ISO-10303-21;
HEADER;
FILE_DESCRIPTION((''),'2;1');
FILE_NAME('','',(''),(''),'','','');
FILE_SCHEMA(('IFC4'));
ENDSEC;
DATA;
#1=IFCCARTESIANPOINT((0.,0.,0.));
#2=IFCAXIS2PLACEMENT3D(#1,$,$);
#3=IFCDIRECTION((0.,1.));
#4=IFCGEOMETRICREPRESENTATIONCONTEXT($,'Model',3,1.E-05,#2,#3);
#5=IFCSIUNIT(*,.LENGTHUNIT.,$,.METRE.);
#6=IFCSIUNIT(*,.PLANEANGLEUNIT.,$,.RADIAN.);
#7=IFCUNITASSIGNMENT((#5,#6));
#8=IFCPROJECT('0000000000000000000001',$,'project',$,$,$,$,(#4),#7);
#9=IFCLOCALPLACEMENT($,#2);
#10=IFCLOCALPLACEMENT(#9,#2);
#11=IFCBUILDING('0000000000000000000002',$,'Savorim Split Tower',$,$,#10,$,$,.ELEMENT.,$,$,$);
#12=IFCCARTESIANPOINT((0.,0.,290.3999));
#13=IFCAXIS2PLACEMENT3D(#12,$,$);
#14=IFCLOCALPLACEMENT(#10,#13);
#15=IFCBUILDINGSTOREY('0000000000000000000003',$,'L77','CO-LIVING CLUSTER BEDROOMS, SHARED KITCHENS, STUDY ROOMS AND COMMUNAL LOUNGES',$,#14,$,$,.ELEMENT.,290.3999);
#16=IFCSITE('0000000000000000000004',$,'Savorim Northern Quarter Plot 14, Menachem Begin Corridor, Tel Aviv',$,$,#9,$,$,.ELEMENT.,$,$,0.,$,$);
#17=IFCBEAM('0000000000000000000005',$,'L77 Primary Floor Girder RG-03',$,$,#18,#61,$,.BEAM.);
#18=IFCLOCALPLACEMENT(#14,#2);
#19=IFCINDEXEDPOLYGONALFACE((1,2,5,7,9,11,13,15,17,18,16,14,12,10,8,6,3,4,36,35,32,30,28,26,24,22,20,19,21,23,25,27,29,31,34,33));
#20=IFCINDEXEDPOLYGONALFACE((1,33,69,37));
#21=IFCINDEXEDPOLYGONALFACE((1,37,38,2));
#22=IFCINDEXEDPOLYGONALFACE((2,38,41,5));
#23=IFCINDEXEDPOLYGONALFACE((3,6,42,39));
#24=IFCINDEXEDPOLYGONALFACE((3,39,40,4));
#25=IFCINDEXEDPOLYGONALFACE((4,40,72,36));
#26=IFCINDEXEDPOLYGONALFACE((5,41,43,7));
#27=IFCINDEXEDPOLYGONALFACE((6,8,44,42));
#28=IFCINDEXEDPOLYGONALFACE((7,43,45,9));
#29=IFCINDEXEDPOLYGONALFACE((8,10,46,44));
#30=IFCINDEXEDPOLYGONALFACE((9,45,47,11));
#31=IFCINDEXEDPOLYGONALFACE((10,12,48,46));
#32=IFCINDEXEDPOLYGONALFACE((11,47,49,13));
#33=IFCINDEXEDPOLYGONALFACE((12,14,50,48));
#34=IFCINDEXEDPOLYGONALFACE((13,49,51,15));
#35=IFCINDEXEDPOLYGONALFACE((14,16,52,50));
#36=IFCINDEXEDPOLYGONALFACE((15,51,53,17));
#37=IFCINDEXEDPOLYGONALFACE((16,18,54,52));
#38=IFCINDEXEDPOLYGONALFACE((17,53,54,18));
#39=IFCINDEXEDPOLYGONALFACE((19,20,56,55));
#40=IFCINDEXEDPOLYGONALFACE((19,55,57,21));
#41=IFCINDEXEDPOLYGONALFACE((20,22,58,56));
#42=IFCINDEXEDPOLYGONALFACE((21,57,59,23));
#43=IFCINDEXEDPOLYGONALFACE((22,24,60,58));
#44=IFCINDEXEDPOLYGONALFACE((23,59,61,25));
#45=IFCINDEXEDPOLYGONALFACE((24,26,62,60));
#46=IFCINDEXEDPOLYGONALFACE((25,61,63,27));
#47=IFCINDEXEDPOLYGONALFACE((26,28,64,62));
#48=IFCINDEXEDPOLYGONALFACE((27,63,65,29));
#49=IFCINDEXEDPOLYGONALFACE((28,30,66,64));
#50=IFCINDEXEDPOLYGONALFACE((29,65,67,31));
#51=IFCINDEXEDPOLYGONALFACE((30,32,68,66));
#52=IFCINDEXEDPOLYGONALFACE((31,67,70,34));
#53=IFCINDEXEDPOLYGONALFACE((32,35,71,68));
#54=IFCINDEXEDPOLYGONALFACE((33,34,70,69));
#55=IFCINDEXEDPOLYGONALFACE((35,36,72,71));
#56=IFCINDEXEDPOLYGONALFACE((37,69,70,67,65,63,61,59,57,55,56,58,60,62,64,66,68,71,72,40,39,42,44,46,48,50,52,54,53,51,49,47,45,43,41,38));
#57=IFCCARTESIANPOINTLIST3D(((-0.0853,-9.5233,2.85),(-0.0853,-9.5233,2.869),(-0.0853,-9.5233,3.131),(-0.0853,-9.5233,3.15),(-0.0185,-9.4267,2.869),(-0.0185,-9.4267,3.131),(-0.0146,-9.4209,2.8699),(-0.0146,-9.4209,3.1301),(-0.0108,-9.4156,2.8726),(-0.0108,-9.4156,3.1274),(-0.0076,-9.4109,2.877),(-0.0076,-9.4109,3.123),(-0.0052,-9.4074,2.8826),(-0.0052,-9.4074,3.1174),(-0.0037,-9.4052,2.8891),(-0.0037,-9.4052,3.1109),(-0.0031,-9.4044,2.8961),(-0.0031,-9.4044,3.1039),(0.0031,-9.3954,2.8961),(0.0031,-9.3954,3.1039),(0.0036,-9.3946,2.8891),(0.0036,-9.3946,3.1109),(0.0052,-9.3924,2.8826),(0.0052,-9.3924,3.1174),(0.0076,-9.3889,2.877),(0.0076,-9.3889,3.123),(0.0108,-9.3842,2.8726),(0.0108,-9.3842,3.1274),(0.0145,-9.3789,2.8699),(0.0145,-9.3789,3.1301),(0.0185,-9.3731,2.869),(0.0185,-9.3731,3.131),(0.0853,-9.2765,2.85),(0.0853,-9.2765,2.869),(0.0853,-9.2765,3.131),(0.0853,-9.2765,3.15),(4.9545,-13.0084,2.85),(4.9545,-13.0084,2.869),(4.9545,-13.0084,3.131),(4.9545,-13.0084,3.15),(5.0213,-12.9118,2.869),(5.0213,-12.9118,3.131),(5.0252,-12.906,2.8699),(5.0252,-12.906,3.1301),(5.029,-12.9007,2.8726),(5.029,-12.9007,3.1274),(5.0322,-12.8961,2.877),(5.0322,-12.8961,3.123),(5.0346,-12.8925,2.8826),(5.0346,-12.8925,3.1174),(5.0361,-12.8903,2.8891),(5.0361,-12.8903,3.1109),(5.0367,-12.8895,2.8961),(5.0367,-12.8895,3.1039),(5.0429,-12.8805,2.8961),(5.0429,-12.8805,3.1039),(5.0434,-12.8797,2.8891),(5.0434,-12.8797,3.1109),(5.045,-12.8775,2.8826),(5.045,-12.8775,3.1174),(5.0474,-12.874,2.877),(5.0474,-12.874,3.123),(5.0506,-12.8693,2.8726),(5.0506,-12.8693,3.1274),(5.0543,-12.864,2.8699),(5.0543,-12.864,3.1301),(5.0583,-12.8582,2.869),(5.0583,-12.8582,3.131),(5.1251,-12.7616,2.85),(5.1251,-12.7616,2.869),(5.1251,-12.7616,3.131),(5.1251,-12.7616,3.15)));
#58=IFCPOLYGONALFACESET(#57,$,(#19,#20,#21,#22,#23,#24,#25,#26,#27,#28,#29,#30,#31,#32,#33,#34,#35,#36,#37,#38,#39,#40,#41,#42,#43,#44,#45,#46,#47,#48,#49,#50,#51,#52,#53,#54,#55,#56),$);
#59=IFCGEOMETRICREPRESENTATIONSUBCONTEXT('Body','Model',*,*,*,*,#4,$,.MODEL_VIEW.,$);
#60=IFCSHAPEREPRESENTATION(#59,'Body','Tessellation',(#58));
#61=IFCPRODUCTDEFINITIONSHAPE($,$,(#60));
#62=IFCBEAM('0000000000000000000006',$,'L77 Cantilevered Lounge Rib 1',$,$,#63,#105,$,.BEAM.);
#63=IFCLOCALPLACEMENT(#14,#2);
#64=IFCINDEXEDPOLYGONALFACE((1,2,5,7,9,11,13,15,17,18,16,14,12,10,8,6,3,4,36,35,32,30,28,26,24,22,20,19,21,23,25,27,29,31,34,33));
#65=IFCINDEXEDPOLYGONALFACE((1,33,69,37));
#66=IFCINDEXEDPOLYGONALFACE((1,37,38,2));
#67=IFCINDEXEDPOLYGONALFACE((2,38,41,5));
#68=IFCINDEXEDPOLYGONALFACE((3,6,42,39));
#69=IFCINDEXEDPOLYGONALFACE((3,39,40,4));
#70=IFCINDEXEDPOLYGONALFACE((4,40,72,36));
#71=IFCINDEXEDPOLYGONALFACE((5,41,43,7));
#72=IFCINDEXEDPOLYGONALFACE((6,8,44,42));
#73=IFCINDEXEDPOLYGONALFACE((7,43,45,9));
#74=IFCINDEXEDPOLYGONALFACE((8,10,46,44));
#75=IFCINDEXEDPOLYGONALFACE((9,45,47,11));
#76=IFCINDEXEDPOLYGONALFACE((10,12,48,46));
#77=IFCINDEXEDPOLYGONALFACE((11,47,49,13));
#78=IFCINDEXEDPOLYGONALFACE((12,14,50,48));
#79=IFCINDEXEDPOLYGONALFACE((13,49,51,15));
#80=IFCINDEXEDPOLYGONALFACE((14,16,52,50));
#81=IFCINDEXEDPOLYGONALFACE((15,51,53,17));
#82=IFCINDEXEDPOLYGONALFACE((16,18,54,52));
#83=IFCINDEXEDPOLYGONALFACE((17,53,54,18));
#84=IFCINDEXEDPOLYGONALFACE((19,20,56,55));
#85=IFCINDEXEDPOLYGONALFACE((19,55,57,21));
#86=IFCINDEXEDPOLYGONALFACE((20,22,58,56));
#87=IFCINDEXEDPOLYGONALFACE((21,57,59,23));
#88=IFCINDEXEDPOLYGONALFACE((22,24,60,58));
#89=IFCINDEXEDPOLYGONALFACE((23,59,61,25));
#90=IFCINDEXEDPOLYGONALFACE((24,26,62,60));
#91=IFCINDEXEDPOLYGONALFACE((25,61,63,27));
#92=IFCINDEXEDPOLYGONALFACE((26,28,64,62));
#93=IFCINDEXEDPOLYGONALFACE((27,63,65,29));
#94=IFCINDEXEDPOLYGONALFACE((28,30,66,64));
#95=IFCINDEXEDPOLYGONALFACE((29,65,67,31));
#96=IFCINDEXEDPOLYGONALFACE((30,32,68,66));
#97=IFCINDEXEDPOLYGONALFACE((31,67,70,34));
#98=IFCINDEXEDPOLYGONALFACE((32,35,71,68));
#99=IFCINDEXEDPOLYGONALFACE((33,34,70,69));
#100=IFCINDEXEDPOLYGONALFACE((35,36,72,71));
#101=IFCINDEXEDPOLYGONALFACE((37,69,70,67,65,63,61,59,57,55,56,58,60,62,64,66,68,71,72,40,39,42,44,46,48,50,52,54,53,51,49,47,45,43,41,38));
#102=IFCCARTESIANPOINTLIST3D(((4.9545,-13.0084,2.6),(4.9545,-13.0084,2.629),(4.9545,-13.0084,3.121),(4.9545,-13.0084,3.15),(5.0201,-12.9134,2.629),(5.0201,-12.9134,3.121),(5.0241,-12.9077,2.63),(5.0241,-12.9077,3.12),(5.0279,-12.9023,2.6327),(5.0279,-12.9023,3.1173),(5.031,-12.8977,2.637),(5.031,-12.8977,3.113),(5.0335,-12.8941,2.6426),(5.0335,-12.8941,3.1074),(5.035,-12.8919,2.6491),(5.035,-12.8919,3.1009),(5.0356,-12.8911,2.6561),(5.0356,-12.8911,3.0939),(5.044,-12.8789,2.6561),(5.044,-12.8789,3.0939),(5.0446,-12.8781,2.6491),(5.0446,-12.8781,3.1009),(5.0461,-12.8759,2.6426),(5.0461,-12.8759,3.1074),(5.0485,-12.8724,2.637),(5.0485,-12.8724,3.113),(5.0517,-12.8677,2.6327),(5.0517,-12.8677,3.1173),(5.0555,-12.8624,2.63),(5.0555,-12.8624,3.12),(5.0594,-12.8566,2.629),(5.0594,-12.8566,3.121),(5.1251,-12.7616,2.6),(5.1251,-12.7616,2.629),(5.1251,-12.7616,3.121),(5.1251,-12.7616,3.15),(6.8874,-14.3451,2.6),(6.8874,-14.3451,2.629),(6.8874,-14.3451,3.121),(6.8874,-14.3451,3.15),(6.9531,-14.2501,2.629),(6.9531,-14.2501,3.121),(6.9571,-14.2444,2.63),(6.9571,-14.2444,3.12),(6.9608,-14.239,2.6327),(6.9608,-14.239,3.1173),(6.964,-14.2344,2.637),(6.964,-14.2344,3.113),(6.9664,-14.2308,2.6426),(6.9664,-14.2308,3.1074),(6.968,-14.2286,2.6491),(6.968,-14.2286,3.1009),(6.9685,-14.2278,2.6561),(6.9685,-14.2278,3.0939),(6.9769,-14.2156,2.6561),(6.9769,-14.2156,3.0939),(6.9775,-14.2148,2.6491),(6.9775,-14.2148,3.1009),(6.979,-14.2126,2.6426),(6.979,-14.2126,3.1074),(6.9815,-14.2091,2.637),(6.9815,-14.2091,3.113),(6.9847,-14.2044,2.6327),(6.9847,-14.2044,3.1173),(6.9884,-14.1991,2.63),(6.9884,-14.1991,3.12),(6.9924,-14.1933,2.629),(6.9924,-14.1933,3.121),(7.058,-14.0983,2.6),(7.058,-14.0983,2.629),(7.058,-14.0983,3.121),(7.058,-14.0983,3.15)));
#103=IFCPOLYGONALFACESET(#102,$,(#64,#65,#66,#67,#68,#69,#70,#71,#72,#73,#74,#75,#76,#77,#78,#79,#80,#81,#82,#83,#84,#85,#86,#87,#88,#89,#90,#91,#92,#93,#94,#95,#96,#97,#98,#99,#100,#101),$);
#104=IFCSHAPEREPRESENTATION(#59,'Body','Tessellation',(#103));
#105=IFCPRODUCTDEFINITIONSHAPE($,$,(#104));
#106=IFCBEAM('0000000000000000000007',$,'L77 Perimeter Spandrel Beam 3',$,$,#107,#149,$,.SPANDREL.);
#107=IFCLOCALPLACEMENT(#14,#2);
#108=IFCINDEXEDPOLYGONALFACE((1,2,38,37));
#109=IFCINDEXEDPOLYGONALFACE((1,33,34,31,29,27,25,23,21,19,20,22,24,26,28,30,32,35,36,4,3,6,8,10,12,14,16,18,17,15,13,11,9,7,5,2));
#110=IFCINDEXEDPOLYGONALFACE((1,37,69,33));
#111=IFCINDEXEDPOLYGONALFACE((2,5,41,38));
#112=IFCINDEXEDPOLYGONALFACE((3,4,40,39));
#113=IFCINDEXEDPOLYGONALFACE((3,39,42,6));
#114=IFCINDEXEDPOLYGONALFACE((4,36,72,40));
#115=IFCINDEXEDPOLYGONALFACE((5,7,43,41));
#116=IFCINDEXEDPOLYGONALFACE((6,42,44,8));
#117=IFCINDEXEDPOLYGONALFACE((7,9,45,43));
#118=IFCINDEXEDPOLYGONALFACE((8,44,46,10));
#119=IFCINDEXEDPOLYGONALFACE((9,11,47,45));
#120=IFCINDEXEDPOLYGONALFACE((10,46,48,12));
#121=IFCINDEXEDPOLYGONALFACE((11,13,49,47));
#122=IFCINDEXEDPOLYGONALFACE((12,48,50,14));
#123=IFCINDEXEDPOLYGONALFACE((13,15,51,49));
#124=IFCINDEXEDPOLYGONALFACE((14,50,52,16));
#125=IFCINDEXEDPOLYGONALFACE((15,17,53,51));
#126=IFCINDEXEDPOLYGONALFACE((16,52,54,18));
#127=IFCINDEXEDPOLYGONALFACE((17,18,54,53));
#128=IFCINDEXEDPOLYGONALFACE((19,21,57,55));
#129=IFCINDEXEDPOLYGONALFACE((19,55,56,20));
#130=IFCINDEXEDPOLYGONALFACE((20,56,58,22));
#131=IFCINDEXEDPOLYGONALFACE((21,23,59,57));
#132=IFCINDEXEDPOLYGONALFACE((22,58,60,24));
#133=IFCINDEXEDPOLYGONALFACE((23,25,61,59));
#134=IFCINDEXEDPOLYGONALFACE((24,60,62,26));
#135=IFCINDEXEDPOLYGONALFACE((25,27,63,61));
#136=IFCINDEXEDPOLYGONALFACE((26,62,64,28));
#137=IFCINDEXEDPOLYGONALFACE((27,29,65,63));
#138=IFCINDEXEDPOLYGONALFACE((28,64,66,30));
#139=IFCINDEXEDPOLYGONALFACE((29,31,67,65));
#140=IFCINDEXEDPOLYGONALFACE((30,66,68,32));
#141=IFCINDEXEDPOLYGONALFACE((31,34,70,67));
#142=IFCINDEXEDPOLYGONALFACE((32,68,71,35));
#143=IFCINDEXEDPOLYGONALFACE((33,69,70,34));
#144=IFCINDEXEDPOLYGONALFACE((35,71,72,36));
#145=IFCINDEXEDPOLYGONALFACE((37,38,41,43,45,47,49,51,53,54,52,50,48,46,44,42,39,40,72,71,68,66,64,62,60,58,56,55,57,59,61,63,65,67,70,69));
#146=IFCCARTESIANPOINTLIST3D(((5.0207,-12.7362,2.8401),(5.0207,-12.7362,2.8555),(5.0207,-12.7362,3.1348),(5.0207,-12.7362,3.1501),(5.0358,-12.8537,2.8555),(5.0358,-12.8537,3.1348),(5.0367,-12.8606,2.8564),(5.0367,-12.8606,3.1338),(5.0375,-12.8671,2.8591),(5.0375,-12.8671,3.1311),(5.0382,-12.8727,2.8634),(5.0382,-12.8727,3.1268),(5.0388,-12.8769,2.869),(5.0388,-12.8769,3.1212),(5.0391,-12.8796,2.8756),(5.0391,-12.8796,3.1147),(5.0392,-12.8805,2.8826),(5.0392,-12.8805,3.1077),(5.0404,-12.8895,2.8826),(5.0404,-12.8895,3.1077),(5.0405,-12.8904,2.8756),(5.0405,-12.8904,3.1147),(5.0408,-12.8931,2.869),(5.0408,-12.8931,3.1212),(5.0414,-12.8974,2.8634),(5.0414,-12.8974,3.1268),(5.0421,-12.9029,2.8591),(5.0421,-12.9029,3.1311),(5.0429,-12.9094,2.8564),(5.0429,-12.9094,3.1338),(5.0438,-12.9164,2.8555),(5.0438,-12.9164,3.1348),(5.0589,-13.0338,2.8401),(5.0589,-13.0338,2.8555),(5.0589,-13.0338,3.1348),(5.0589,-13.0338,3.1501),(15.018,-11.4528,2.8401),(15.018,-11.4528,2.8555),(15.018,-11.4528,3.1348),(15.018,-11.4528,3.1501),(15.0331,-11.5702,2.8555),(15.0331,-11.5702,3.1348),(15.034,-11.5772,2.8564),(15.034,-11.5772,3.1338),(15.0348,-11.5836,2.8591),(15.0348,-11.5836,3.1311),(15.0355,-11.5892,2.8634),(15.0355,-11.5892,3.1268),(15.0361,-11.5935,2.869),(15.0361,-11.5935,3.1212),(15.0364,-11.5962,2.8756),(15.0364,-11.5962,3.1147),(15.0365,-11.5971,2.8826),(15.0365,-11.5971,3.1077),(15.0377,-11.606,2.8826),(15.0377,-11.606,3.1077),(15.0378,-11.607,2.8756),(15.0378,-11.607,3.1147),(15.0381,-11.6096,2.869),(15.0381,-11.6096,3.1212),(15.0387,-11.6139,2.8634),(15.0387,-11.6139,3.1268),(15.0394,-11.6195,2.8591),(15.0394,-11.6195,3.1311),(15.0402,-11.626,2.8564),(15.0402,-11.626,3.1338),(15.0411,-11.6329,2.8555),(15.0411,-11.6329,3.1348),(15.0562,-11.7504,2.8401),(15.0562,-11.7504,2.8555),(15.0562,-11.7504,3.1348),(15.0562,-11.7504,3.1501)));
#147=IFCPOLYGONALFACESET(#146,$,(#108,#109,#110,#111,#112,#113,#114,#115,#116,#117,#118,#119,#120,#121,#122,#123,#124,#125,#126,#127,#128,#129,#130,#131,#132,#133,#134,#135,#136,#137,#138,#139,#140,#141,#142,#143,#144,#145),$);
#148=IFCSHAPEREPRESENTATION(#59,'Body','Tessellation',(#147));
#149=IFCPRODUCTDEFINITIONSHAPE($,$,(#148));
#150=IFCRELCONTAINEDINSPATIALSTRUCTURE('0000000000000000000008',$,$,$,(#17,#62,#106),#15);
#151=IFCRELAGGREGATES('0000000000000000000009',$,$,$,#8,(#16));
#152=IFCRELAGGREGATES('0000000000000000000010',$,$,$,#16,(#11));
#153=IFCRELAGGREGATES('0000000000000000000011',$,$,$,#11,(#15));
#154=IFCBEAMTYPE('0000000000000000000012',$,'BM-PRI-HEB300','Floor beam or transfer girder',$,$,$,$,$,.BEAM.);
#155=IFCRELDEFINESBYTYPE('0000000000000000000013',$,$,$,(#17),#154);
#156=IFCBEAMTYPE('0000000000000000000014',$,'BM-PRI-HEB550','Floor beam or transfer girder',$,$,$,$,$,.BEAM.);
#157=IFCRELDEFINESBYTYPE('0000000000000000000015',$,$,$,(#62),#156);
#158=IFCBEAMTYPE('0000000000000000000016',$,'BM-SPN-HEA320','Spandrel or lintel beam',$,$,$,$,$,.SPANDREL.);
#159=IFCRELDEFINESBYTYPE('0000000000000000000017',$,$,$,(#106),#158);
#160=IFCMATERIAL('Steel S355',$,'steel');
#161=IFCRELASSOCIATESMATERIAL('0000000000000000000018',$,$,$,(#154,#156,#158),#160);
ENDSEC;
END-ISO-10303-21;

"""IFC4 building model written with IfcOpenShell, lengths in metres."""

from ifc_helpers import new_model, si_unit, direction, frame, origin, origin_2d, place, context, subcontext, project, spatial, i_section, extrude, material, material_profile, profile_set, type_object, element, save


model = new_model("IFC4")

# Units and contexts
model_context = context("Model", 3, precision=1e-05, world=origin(), true_north=direction((0.0, 1.0)))
body_context = subcontext(model_context, "Body", "Model", "MODEL_VIEW")
ifc_project = project(units=[si_unit("LENGTHUNIT", "METRE"), si_unit("PLANEANGLEUNIT", "RADIAN")], contexts=[model_context])

# Site, building, storey
site_placement = place(None, origin())
site = spatial("IfcSite", under=ifc_project, at=site_placement, Name="Savorim Northern Quarter Plot 14, Menachem Begin Corridor, Tel Aviv", CompositionType="ELEMENT", RefElevation=0.0)
building_placement = place(site_placement, origin())
building = spatial("IfcBuilding", under=site, at=building_placement, Name="Savorim Split Tower", CompositionType="ELEMENT")
storey_placement = place(building_placement, frame((0.0, 0.0, 290.3999)))
storey = spatial("IfcBuildingStorey", under=building, at=storey_placement, Name="L77", Description="CO-LIVING CLUSTER BEDROOMS, SHARED KITCHENS, STUDY ROOMS AND COMMUNAL LOUNGES", CompositionType="ELEMENT", Elevation=290.3999)

# Shared definitions
ifc_material_1 = material(Name="Steel S355", Category="steel")

# Beams
ifc_material_profile_1 = material_profile(ifc_material_1, i_section(OverallWidth=0.3, OverallDepth=0.3, WebThickness=0.011, FlangeThickness=0.019, FilletRadius=0.0271, at=origin_2d()), Name="HEB 300")
ifc_profile_set_1 = profile_set([ifc_material_profile_1], Name="Steel S355")
beam_type_1 = type_object("IfcBeamType", Name="BM-PRI-HEB300", Description="Floor beam or transfer girder", PredefinedType="BEAM", material=ifc_profile_set_1)
beam_1_placement = place(storey_placement, frame((5.0398, -12.885, 3.0), z_axis=(-0.822496, 0.568771, 0.0), x_axis=(-0.568771, -0.822496, 0.0)))
element("IfcBeam", 1, at=beam_1_placement, inside=storey, type_object=beam_type_1, Name="L77 Primary Floor Girder RG-03", PredefinedType="BEAM", context=body_context, shape_type="SweptSolid", body=[
    extrude(i_section(OverallWidth=0.3, OverallDepth=0.3, WebThickness=0.011, FlangeThickness=0.019, FilletRadius=0.0271, at=origin_2d()), origin(), (0.0, 0.0, 1.0), 6.1274),
])
ifc_material_profile_2 = material_profile(ifc_material_1, i_section(OverallWidth=0.3, OverallDepth=0.55, WebThickness=0.0149, FlangeThickness=0.0291, FilletRadius=0.0271, at=origin_2d()), Name="HEB 550")
ifc_profile_set_2 = profile_set([ifc_material_profile_2], Name="Steel S355")
beam_type_2 = type_object("IfcBeamType", Name="BM-PRI-HEB550", Description="Floor beam or transfer girder", PredefinedType="BEAM", material=ifc_profile_set_2)
beam_2_placement = place(storey_placement, frame((5.0398, -12.885, 2.875), z_axis=(0.822484, -0.568789, 0.0), x_axis=(0.568789, 0.822484, 0.0)))
element("IfcBeam", 2, at=beam_2_placement, inside=storey, type_object=beam_type_2, Name="L77 Cantilevered Lounge Rib 1", PredefinedType="BEAM", context=body_context, shape_type="SweptSolid", body=[
    extrude(i_section(OverallWidth=0.3, OverallDepth=0.55, WebThickness=0.0149, FlangeThickness=0.0291, FilletRadius=0.0271, at=origin_2d()), origin(), (0.0, 0.0, 1.0), 2.3501),
])
ifc_material_profile_3 = material_profile(ifc_material_1, i_section(OverallWidth=0.3, OverallDepth=0.3101, WebThickness=0.009, FlangeThickness=0.0154, FilletRadius=0.0271, at=origin_2d()), Name="HEA 320")
ifc_profile_set_3 = profile_set([ifc_material_profile_3], Name="Steel S355")
beam_type_3 = type_object("IfcBeamType", Name="BM-SPN-HEA320", Description="Spandrel or lintel beam", PredefinedType="SPANDREL", material=ifc_profile_set_3)
beam_3_placement = place(storey_placement, frame((5.0398, -12.885, 2.9951), z_axis=(0.99186, 0.127334, 0.0), x_axis=(-0.127334, 0.99186, 0.0)))
element("IfcBeam", 3, at=beam_3_placement, inside=storey, type_object=beam_type_3, Name="L77 Perimeter Spandrel Beam 3", PredefinedType="SPANDREL", context=body_context, shape_type="SweptSolid", body=[
    extrude(i_section(OverallWidth=0.3, OverallDepth=0.3101, WebThickness=0.009, FlangeThickness=0.0154, FilletRadius=0.0271, at=origin_2d()), origin(), (0.0, 0.0, 1.0), 10.0793),
])

save(model, "model.ifc")
